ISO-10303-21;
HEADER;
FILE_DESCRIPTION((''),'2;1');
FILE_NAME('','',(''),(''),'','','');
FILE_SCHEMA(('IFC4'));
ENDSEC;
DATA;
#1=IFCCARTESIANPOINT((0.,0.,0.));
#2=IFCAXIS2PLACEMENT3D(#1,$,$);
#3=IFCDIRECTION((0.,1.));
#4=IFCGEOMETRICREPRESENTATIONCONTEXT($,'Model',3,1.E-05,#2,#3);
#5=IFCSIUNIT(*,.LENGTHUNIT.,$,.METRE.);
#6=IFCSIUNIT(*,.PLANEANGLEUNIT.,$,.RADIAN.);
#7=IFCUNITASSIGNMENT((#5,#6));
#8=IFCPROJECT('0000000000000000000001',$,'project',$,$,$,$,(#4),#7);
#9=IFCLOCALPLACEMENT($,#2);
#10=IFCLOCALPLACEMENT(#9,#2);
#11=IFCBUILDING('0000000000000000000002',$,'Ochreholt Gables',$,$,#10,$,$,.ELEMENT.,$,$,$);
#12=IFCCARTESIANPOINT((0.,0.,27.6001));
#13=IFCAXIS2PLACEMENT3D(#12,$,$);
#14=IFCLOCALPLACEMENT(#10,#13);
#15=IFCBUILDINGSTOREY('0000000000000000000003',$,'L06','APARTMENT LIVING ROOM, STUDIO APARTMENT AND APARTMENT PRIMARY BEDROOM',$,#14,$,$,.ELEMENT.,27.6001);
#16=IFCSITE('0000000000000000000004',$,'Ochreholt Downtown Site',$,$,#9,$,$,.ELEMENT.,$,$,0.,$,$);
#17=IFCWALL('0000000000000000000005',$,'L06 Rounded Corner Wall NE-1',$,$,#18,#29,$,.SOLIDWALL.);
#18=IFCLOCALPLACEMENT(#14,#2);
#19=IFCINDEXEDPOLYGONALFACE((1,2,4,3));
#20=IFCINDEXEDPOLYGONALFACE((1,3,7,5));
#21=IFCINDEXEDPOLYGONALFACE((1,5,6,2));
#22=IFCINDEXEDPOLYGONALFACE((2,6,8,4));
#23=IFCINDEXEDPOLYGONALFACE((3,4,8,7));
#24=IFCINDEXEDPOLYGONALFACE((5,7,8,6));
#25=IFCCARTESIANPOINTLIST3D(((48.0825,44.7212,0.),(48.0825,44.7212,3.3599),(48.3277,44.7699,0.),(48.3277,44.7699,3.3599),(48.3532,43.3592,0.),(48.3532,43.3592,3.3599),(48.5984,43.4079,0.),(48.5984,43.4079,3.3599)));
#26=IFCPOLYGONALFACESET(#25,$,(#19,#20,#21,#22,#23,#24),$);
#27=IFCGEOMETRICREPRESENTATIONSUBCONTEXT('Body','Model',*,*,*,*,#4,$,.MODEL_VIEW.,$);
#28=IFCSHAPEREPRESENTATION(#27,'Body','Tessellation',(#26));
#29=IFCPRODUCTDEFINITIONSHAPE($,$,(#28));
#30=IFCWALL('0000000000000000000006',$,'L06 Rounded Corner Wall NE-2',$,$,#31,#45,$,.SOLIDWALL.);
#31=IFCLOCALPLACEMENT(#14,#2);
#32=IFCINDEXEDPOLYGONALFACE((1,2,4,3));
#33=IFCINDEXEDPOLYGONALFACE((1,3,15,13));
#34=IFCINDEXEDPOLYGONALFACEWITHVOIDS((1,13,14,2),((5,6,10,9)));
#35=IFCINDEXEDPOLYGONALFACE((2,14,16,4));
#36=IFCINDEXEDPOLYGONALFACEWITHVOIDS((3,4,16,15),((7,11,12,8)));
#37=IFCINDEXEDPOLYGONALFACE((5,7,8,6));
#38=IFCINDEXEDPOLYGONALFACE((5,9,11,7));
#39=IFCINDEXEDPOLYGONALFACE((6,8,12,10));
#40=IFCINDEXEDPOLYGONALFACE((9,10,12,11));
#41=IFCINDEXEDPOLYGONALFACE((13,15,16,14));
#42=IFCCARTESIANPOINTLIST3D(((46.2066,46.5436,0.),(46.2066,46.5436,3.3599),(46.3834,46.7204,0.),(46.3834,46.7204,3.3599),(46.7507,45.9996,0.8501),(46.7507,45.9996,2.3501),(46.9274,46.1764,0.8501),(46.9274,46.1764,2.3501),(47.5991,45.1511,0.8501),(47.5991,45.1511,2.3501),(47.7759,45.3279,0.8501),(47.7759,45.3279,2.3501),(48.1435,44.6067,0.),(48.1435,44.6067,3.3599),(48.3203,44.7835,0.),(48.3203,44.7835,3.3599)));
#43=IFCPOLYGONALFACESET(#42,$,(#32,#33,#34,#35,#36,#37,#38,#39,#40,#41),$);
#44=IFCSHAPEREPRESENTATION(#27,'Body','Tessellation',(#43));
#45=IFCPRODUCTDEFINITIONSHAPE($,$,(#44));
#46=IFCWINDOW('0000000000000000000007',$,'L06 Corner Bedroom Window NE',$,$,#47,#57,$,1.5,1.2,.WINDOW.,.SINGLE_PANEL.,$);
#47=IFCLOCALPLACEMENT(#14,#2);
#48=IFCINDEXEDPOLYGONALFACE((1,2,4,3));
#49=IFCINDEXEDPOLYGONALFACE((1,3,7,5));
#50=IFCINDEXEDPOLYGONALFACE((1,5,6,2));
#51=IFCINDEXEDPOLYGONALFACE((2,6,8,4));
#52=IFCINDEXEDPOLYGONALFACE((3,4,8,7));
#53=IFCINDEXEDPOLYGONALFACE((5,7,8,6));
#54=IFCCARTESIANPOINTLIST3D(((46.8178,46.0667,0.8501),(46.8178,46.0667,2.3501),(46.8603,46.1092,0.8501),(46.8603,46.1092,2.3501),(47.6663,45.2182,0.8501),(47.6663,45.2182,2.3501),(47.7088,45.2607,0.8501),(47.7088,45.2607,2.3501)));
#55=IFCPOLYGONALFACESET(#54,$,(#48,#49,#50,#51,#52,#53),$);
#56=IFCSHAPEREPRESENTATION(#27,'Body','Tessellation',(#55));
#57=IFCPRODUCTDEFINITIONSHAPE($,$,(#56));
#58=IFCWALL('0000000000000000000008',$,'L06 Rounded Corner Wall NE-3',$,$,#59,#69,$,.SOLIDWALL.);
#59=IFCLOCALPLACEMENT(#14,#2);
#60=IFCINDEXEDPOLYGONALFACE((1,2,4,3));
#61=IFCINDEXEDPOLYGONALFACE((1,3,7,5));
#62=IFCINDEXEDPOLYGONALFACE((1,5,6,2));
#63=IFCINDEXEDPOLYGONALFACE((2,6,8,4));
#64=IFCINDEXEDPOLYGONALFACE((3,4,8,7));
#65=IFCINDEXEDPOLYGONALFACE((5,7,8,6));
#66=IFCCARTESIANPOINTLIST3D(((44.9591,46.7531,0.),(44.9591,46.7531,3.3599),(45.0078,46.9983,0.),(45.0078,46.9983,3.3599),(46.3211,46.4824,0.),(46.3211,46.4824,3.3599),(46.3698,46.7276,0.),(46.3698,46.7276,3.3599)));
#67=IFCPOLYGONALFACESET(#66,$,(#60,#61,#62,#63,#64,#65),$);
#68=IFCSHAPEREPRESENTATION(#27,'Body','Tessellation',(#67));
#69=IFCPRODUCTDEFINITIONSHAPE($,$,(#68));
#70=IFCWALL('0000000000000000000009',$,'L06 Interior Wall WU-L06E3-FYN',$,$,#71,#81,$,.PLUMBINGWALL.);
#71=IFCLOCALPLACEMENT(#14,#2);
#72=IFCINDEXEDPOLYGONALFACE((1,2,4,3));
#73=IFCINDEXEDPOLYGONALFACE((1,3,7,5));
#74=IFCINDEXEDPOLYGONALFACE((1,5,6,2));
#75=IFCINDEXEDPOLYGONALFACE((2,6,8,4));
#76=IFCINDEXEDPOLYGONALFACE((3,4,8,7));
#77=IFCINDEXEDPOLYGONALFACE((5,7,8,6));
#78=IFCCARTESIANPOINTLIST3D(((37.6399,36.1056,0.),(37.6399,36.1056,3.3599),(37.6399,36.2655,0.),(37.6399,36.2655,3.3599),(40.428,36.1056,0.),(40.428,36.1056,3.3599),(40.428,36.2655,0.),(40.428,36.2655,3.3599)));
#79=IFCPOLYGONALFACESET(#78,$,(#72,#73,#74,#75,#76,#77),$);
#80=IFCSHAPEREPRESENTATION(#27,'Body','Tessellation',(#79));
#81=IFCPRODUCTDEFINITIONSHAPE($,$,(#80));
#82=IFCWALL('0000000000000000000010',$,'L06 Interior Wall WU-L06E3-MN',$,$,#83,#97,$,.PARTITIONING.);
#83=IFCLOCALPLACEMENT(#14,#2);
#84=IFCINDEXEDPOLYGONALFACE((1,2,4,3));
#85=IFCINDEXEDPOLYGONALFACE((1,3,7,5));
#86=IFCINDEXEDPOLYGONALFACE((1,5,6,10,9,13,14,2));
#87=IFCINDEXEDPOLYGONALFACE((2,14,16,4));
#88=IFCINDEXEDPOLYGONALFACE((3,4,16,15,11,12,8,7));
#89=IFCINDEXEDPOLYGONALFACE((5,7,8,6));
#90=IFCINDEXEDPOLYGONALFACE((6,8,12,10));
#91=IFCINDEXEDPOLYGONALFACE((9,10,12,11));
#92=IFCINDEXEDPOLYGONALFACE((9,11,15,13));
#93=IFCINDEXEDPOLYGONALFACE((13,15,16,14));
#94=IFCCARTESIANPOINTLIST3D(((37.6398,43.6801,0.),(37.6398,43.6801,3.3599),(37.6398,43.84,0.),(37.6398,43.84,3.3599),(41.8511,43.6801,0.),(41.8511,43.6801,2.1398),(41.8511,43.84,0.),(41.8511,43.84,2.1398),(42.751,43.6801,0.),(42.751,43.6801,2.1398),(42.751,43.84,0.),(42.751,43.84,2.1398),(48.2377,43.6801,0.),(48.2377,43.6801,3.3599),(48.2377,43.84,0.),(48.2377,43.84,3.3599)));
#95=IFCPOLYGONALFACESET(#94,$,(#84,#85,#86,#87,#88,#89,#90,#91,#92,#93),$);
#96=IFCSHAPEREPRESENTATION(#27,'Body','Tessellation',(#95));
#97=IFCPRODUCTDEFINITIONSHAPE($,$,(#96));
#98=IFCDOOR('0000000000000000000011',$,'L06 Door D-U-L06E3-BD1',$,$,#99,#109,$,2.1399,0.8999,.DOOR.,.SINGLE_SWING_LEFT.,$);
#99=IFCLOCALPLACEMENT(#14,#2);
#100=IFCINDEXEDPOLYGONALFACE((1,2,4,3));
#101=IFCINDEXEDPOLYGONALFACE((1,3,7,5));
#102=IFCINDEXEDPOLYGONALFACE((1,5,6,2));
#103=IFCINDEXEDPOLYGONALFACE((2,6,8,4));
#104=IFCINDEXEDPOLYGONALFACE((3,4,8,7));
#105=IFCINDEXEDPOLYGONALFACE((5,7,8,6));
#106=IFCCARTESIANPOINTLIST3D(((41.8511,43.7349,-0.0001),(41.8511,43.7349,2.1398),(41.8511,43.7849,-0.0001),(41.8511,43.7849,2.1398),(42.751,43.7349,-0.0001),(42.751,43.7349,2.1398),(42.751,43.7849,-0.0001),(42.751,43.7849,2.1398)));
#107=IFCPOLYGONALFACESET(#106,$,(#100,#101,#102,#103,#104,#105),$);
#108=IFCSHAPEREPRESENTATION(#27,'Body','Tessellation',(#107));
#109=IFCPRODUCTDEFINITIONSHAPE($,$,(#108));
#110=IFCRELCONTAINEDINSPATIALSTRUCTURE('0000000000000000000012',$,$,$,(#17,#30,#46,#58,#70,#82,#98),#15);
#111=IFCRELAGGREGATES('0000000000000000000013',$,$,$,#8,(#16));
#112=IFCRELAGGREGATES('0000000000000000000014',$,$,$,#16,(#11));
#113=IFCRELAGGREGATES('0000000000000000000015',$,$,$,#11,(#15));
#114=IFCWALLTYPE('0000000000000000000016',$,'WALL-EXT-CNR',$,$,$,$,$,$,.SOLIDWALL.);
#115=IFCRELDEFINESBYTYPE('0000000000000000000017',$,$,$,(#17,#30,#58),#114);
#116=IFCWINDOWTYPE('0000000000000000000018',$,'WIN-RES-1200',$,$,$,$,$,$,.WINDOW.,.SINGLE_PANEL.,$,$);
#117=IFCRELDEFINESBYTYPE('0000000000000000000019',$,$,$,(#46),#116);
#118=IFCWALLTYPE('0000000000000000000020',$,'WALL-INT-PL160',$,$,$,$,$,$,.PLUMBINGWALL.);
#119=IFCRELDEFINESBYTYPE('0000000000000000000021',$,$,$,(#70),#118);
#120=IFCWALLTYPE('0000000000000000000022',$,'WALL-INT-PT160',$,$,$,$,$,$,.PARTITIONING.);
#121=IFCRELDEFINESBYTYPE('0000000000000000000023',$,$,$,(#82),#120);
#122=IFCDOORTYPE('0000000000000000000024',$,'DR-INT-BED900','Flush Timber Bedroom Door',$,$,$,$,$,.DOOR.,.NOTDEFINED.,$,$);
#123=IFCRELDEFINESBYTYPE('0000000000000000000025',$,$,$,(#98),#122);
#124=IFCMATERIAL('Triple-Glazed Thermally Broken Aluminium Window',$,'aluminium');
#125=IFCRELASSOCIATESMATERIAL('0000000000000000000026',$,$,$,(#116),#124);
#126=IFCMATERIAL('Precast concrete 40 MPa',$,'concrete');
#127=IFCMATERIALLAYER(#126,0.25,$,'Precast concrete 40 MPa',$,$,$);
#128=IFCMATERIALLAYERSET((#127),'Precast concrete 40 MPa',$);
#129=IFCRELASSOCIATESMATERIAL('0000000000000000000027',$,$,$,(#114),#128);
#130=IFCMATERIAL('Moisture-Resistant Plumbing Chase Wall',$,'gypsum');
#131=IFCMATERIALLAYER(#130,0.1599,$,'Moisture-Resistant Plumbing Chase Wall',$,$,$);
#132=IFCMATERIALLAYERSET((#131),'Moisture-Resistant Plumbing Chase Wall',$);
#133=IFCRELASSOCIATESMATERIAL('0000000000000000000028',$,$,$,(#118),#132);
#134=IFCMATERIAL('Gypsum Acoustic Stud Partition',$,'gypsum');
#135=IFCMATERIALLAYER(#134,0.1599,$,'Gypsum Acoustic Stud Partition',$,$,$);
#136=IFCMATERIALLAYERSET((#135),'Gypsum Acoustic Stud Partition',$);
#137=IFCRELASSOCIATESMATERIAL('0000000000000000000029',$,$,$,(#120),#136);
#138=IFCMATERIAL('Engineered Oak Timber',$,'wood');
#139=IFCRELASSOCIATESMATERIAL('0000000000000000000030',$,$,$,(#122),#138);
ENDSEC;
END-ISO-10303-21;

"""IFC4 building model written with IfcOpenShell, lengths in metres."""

from ifc_helpers import new_model, si_unit, direction, frame, frame_2d, origin, place, context, subcontext, project, spatial, rectangle, extrude, material, layer, layer_set, type_object, element, fill, save


model = new_model("IFC4")

# Units and contexts
model_context = context("Model", 3, precision=1e-05, world=origin(), true_north=direction((0.0, 1.0)))
body_context = subcontext(model_context, "Body", "Model", "MODEL_VIEW")
ifc_project = project(units=[si_unit("LENGTHUNIT", "METRE"), si_unit("PLANEANGLEUNIT", "RADIAN")], contexts=[model_context])

# Site, building, storey
site_placement = place(None, origin())
site = spatial("IfcSite", under=ifc_project, at=site_placement, Name="Ochreholt Downtown Site", CompositionType="ELEMENT", RefElevation=0.0)
building_placement = place(site_placement, origin())
building = spatial("IfcBuilding", under=site, at=building_placement, Name="Ochreholt Gables", CompositionType="ELEMENT")
storey_placement = place(building_placement, frame((0.0, 0.0, 27.6001)))
storey = spatial("IfcBuildingStorey", under=building, at=storey_placement, Name="L06", Description="APARTMENT LIVING ROOM, STUDIO APARTMENT AND APARTMENT PRIMARY BEDROOM", CompositionType="ELEMENT", Elevation=27.6001)

# Shared definitions
ifc_material_1 = material(Name="Precast concrete 40 MPa", Category="concrete")
ifc_material_2 = material(Name="Triple-Glazed Thermally Broken Aluminium Window", Category="aluminium")
window_type = type_object("IfcWindowType", Name="WIN-RES-1200", PartitioningType="SINGLE_PANEL", PredefinedType="WINDOW", material=ifc_material_2)

# Wall
ifc_layer_1 = layer(ifc_material_1, 0.25, Name="Precast concrete 40 MPa")
ifc_layer_set_1 = layer_set([ifc_layer_1], Name="Precast concrete 40 MPa")
wall_type_1 = type_object("IfcWallType", Name="WALL-EXT-CNR", PredefinedType="SOLIDWALL", material=ifc_layer_set_1)
wall_1_placement = place(storey_placement, frame((48.4758, 43.3835, 0.0), z_axis=(0.0, 0.0, 1.0), x_axis=(-0.194967, 0.98081, 0.0)))
element("IfcWall", 1, at=wall_1_placement, inside=storey, type_object=wall_type_1, Name="L06 Rounded Corner Wall NE-1", PredefinedType="SOLIDWALL", context=body_context, shape_type="SweptSolid", body=[
    extrude(rectangle(XDim=1.3887, YDim=0.25, at=frame_2d((0.6943, 0.0))), origin(), (0.0, 0.0, 1.0), 3.3599),
])

# Wall, opening, window
wall_2_placement = place(storey_placement, frame((48.2319, 44.6951, 0.0), z_axis=(0.0, 0.0, 1.0), x_axis=(-0.707107, 0.707107, 0.0)))
wall_2 = element("IfcWall", 2, at=wall_2_placement, inside=storey, type_object=wall_type_1, Name="L06 Rounded Corner Wall NE-2", PredefinedType="SOLIDWALL", context=body_context, shape_type="SweptSolid", body=[
    extrude(rectangle(XDim=2.7393, YDim=0.25, at=frame_2d((1.3696, 0.0))), origin(), (0.0, 0.0, 1.0), 3.3599),
])
opening_1_placement = place(wall_2_placement, frame((0.7698, 0.0, 0.8501)))
opening_1 = element("IfcOpeningElement", 3, at=opening_1_placement, cuts=wall_2, PredefinedType="OPENING", context=body_context, shape_type="SweptSolid", body=[
    extrude(rectangle(XDim=1.2, YDim=1.5, at=frame_2d((0.6001, 0.75))), frame((0.0, 0.135, 0.0), z_axis=(0.0, -1.0, 0.0), x_axis=(1.0, 0.0, 0.0)), (0.0, 0.0, 1.0), 0.27),
])
window_1_placement = place(opening_1_placement, origin())
window_1 = element("IfcWindow", 4, at=window_1_placement, inside=storey, type_object=window_type, Name="L06 Corner Bedroom Window NE", OverallHeight=1.5, OverallWidth=1.2, PartitioningType="SINGLE_PANEL", PredefinedType="WINDOW", context=body_context, shape_type="SweptSolid", body=[
    extrude(rectangle(XDim=1.2, YDim=1.5, at=frame_2d((0.6001, 0.75))), frame((0.0, 0.03, 0.0), z_axis=(0.0, -1.0, 0.0), x_axis=(1.0, 0.0, 0.0)), (0.0, 0.0, 1.0), 0.0601),
])
fill(opening_1, window_1)

# Walls
wall_3_placement = place(storey_placement, frame((46.3455, 46.605, 0.0), z_axis=(0.0, 0.0, 1.0), x_axis=(-0.98081, 0.194967, 0.0)))
element("IfcWall", 5, at=wall_3_placement, inside=storey, type_object=wall_type_1, Name="L06 Rounded Corner Wall NE-3", PredefinedType="SOLIDWALL", context=body_context, shape_type="SweptSolid", body=[
    extrude(rectangle(XDim=1.3887, YDim=0.25, at=frame_2d((0.6943, 0.0))), origin(), (0.0, 0.0, 1.0), 3.3599),
])
ifc_material_3 = material(Name="Moisture-Resistant Plumbing Chase Wall", Category="gypsum")
ifc_layer_2 = layer(ifc_material_3, 0.1599, Name="Moisture-Resistant Plumbing Chase Wall")
ifc_layer_set_2 = layer_set([ifc_layer_2], Name="Moisture-Resistant Plumbing Chase Wall")
wall_type_2 = type_object("IfcWallType", Name="WALL-INT-PL160", PredefinedType="PLUMBINGWALL", material=ifc_layer_set_2)
wall_4_placement = place(storey_placement, frame((37.6399, 36.1855, 0.0), z_axis=(0.0, 0.0, 1.0), x_axis=(1.0, 0.0, 0.0)))
element("IfcWall", 6, at=wall_4_placement, inside=storey, type_object=wall_type_2, Name="L06 Interior Wall WU-L06E3-FYN", PredefinedType="PLUMBINGWALL", context=body_context, shape_type="SweptSolid", body=[
    extrude(rectangle(XDim=2.7881, YDim=0.1599, at=frame_2d((1.394, 0.0))), origin(), (0.0, 0.0, 1.0), 3.3599),
])

# Wall, opening, door
ifc_material_4 = material(Name="Gypsum Acoustic Stud Partition", Category="gypsum")
ifc_layer_3 = layer(ifc_material_4, 0.1599, Name="Gypsum Acoustic Stud Partition")
ifc_layer_set_3 = layer_set([ifc_layer_3], Name="Gypsum Acoustic Stud Partition")
wall_type_3 = type_object("IfcWallType", Name="WALL-INT-PT160", PredefinedType="PARTITIONING", material=ifc_layer_set_3)
wall_5_placement = place(storey_placement, frame((37.6399, 43.76, 0.0), z_axis=(0.0, 0.0, 1.0), x_axis=(1.0, 0.0, 0.0)))
wall_5 = element("IfcWall", 7, at=wall_5_placement, inside=storey, type_object=wall_type_3, Name="L06 Interior Wall WU-L06E3-MN", PredefinedType="PARTITIONING", context=body_context, shape_type="SweptSolid", body=[
    extrude(rectangle(XDim=10.5979, YDim=0.1599, at=frame_2d((5.2988, 0.0))), origin(), (0.0, 0.0, 1.0), 3.3599),
])
opening_2_placement = place(wall_5_placement, frame((4.2112, 0.0, 0.0)))
opening_2 = element("IfcOpeningElement", 8, at=opening_2_placement, cuts=wall_5, PredefinedType="OPENING", context=body_context, shape_type="SweptSolid", body=[
    extrude(rectangle(XDim=0.8999, YDim=2.1399, at=frame_2d((0.45, 1.0698))), frame((0.0, 0.0898, 0.0), z_axis=(0.0, -1.0, 0.0), x_axis=(1.0, 0.0, 0.0)), (0.0, 0.0, 1.0), 0.1799),
])
ifc_material_5 = material(Name="Engineered Oak Timber", Category="wood")
door_type = type_object("IfcDoorType", Name="DR-INT-BED900", Description="Flush Timber Bedroom Door", OperationType="NOTDEFINED", PredefinedType="DOOR", material=ifc_material_5)
door_placement = place(opening_2_placement, origin())
door = element("IfcDoor", 9, at=door_placement, inside=storey, type_object=door_type, Name="L06 Door D-U-L06E3-BD1", OperationType="SINGLE_SWING_LEFT", OverallHeight=2.1399, OverallWidth=0.8999, PredefinedType="DOOR", context=body_context, shape_type="SweptSolid", body=[
    extrude(rectangle(XDim=0.8999, YDim=2.1399, at=frame_2d((0.45, 1.0698))), frame((0.0, 0.0249, 0.0), z_axis=(0.0, -1.0, 0.0), x_axis=(1.0, 0.0, 0.0)), (0.0, 0.0, 1.0), 0.05),
])
fill(opening_2, door)

save(model, "model.ifc")
